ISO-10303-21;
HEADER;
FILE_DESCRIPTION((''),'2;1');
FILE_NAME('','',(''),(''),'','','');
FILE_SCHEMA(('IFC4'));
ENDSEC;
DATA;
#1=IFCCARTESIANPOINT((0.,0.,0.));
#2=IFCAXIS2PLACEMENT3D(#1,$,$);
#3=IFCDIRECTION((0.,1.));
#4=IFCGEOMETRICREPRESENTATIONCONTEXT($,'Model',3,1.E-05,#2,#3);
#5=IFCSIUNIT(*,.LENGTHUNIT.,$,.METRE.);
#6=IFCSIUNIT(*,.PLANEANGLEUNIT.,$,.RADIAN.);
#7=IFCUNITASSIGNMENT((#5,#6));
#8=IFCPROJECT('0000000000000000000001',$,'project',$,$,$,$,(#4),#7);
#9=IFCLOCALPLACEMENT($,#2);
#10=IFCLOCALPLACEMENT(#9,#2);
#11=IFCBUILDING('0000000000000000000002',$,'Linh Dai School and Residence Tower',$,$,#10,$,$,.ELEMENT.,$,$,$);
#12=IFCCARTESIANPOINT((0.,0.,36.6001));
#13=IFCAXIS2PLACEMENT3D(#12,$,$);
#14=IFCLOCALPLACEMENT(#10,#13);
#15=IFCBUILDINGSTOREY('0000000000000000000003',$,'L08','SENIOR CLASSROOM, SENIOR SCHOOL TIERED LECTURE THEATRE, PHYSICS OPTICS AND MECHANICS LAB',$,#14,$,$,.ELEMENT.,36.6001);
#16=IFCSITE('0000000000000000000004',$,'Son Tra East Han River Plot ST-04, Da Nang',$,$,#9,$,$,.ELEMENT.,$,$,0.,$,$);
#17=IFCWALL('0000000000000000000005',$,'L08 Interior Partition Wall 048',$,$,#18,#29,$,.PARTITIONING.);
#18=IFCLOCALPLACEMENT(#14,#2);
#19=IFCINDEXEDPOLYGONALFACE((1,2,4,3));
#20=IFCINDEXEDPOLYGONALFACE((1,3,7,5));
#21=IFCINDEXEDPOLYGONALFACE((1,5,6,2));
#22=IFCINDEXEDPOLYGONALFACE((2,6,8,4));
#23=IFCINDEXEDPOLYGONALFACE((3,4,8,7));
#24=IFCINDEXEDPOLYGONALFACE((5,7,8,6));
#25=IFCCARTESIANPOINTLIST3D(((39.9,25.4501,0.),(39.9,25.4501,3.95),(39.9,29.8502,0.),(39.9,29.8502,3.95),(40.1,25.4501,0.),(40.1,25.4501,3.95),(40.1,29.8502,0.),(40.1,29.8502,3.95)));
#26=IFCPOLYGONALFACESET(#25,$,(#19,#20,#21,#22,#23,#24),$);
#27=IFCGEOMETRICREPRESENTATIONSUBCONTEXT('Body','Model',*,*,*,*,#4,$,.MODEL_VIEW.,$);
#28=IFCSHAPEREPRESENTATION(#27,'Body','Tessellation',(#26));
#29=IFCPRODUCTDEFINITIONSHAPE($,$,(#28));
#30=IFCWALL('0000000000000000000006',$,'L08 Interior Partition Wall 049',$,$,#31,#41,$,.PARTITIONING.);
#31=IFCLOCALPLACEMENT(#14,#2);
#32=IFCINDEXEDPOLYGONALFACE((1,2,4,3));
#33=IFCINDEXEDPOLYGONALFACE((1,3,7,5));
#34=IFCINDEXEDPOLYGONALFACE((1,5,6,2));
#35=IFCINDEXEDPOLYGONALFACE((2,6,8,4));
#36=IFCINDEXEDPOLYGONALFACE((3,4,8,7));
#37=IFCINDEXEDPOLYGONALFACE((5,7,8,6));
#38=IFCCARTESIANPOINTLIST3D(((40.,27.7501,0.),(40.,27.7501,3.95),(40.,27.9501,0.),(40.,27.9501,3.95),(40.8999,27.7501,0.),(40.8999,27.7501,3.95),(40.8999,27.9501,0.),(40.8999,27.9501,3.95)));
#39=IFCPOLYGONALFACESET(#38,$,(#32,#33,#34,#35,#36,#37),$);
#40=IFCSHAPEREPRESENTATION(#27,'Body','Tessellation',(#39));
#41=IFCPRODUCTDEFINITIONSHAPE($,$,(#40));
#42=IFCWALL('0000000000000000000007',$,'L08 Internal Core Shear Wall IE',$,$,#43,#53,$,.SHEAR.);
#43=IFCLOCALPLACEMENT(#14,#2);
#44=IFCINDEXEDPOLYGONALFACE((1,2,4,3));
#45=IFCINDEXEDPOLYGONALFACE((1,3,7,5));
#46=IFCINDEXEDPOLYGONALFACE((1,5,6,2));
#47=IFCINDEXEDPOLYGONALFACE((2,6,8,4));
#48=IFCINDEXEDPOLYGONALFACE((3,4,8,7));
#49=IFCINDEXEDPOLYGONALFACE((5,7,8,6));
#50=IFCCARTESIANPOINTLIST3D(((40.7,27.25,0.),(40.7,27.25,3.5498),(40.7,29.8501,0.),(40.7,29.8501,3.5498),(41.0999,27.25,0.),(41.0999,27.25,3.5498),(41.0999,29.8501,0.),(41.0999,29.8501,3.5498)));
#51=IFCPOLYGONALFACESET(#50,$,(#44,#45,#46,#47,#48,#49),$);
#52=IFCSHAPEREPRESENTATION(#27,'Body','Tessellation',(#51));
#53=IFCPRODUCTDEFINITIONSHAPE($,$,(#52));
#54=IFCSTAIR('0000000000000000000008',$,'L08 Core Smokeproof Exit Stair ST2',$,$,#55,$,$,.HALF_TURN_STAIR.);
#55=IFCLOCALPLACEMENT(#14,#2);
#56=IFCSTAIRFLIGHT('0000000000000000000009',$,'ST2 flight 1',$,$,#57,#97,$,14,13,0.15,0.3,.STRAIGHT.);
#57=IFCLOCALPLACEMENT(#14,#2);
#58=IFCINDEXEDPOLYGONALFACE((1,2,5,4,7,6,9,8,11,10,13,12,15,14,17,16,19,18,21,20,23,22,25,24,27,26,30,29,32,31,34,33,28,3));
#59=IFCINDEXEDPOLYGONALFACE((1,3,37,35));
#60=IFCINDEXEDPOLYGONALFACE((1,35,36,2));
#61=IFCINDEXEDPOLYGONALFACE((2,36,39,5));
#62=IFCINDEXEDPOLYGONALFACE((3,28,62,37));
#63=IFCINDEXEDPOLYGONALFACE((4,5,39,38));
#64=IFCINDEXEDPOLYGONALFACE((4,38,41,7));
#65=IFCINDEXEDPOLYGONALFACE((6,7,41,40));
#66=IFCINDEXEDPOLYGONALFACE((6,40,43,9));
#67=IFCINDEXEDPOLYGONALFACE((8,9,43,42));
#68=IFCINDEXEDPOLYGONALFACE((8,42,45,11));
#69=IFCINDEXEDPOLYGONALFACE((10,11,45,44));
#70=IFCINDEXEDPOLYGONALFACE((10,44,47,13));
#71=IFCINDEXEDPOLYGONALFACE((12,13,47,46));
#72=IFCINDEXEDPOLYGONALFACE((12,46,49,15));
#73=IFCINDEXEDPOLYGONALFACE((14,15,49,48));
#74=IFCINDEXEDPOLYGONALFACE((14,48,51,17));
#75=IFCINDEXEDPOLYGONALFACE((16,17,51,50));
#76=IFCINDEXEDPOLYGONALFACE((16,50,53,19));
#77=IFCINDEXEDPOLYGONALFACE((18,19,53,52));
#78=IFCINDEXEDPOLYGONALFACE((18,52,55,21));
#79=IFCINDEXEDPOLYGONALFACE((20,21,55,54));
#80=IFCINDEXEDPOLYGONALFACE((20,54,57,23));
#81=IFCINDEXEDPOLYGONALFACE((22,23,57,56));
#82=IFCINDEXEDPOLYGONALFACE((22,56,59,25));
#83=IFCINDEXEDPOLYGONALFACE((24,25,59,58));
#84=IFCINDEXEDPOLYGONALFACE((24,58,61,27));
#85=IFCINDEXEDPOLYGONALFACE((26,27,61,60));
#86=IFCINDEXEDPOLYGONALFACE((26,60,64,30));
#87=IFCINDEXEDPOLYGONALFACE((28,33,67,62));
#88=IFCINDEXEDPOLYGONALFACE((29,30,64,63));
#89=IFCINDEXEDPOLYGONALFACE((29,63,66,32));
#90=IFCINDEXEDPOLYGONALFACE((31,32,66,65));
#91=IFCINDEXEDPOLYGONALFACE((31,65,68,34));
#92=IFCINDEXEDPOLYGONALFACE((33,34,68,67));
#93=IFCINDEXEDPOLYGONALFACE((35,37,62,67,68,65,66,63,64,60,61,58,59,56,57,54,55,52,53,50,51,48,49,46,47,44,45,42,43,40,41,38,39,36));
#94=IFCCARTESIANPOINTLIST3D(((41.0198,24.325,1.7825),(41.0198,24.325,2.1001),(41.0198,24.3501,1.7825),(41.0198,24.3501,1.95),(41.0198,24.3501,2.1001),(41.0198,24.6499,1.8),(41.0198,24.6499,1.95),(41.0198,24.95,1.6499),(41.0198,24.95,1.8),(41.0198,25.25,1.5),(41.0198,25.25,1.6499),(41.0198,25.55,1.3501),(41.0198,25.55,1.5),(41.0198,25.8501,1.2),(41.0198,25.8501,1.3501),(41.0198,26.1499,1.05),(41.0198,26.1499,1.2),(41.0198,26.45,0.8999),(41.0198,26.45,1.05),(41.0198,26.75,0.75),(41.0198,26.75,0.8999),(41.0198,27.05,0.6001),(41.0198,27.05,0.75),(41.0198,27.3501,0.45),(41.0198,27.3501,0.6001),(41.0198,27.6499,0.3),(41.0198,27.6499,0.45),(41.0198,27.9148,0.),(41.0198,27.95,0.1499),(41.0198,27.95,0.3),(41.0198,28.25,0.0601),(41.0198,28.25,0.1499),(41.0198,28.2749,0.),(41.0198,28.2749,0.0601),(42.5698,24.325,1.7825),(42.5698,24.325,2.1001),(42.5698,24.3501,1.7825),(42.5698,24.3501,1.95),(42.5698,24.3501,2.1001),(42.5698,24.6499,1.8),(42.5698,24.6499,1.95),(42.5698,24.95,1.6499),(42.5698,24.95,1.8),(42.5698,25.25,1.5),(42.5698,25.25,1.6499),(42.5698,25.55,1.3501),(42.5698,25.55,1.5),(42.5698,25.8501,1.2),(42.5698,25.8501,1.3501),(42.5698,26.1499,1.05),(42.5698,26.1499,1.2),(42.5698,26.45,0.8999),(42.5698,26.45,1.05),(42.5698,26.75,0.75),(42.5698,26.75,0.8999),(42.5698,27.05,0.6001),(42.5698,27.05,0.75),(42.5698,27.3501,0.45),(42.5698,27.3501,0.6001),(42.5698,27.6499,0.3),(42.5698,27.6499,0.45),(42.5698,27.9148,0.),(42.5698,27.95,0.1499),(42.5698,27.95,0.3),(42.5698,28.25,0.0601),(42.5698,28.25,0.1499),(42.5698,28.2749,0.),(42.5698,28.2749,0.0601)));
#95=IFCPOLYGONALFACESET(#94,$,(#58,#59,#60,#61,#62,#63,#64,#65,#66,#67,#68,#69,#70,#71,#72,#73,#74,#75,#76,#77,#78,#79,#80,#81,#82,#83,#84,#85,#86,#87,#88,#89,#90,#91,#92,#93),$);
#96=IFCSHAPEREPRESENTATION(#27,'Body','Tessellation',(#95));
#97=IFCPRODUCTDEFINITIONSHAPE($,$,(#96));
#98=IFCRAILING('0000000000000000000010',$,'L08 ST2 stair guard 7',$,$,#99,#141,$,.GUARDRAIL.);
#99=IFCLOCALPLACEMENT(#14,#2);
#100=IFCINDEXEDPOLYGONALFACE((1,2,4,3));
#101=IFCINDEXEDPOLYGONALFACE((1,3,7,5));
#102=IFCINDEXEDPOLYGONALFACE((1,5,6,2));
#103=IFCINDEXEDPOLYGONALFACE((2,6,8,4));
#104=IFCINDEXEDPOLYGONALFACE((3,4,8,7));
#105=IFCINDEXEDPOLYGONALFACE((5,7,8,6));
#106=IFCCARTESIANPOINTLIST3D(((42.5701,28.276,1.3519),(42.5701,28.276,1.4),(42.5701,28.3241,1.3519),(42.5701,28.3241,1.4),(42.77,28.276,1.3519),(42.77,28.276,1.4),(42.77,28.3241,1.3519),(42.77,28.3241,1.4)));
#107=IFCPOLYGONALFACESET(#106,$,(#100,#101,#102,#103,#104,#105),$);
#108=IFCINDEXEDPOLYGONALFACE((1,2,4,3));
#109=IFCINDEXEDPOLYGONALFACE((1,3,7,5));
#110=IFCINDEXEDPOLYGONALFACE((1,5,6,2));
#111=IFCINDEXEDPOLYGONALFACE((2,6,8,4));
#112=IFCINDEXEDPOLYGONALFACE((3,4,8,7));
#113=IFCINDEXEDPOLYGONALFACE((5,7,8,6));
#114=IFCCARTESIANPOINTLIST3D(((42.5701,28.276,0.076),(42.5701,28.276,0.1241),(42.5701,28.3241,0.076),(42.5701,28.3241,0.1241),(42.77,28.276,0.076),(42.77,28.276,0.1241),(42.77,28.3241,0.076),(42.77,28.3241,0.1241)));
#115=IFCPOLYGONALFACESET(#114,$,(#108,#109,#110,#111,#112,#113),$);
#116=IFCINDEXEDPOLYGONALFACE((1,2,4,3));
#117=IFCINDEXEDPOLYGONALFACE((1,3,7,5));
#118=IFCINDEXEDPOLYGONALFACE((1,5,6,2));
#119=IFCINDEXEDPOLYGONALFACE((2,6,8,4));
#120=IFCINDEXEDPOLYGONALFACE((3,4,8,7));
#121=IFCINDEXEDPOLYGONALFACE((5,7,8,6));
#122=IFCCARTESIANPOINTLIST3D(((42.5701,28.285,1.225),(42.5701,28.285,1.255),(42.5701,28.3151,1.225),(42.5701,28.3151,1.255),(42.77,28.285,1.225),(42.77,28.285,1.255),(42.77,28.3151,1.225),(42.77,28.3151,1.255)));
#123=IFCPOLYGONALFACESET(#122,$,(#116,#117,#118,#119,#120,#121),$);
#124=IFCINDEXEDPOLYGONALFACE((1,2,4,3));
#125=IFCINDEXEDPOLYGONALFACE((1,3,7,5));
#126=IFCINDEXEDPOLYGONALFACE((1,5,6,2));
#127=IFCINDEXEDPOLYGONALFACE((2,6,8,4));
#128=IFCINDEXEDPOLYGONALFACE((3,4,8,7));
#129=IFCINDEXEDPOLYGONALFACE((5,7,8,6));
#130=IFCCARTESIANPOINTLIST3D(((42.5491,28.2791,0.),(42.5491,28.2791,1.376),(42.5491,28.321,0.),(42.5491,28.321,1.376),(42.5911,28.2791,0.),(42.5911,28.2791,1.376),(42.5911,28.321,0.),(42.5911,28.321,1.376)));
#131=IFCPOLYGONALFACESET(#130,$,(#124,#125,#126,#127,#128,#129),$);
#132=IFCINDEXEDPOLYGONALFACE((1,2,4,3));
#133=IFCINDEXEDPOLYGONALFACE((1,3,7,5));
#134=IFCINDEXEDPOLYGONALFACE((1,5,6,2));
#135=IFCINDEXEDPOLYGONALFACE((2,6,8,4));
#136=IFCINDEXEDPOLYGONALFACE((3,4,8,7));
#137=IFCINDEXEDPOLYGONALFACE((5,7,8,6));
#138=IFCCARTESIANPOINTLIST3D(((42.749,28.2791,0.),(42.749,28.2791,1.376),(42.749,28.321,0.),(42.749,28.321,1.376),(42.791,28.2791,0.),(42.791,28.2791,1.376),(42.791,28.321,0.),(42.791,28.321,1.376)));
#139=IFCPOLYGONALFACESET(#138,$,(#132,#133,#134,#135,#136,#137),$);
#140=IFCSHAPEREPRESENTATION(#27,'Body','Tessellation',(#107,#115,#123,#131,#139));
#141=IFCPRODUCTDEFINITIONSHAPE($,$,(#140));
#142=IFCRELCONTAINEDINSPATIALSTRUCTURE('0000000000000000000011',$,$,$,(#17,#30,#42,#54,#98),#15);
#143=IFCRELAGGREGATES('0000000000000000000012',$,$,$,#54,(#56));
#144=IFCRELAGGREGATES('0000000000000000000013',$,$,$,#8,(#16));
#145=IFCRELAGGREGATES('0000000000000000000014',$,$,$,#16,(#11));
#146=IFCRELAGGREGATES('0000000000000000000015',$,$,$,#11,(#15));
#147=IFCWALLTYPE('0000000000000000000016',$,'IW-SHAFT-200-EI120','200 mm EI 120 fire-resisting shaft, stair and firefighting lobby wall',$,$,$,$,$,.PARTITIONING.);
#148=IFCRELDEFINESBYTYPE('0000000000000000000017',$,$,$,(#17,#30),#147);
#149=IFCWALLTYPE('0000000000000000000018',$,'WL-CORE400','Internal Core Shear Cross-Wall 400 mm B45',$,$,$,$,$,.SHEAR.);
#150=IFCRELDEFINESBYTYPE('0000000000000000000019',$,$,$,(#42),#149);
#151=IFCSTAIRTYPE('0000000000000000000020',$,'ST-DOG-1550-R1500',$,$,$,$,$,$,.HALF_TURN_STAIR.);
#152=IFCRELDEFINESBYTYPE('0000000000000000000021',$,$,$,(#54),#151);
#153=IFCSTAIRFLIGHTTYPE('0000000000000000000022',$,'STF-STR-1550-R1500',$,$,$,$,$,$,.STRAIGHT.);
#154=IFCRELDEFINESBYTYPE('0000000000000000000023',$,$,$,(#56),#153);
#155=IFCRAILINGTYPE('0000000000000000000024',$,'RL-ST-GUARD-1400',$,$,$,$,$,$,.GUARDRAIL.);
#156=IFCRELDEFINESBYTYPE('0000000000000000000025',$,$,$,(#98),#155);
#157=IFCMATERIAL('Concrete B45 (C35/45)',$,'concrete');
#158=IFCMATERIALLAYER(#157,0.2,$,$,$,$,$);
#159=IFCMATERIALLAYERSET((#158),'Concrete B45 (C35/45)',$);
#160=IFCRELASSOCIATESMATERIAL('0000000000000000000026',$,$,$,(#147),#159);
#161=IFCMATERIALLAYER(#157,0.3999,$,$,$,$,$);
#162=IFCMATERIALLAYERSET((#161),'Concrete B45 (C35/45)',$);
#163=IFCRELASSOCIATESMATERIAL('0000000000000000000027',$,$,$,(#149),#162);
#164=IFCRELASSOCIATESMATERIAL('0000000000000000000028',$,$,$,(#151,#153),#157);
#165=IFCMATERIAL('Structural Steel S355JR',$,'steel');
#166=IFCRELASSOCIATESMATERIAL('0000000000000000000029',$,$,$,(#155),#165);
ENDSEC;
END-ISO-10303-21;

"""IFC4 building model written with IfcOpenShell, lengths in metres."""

from ifc_helpers import new_model, si_unit, direction, frame, frame_2d, origin, origin_2d, place, context, subcontext, project, spatial, polyline, rectangle, outline, extrude, source, transform, mapped, material, layer, layer_set, type_object, element, aggregate, save


model = new_model("IFC4")

# Units and contexts
model_context = context("Model", 3, precision=1e-05, world=origin(), true_north=direction((0.0, 1.0)))
body_context = subcontext(model_context, "Body", "Model", "MODEL_VIEW")
ifc_project = project(units=[si_unit("LENGTHUNIT", "METRE"), si_unit("PLANEANGLEUNIT", "RADIAN")], contexts=[model_context])

# Site, building, storey
site_placement = place(None, origin())
site = spatial("IfcSite", under=ifc_project, at=site_placement, Name="Son Tra East Han River Plot ST-04, Da Nang", CompositionType="ELEMENT", RefElevation=0.0)
building_placement = place(site_placement, origin())
building = spatial("IfcBuilding", under=site, at=building_placement, Name="Linh Dai School and Residence Tower", CompositionType="ELEMENT")
storey_placement = place(building_placement, frame((0.0, 0.0, 36.6001)))
storey = spatial("IfcBuildingStorey", under=building, at=storey_placement, Name="L08", Description="SENIOR CLASSROOM, SENIOR SCHOOL TIERED LECTURE THEATRE, PHYSICS OPTICS AND MECHANICS LAB", CompositionType="ELEMENT", Elevation=36.6001)

# Shared definitions
ifc_material_1 = material(Name="Structural Steel S355JR", Category="steel")

# Walls
ifc_material_2 = material(Name="Concrete B45 (C35/45)", Category="concrete")
ifc_layer_1 = layer(ifc_material_2, 0.2)
ifc_layer_set_1 = layer_set([ifc_layer_1], Name="Concrete B45 (C35/45)")
wall_type_1 = type_object("IfcWallType", Name="IW-SHAFT-200-EI120", Description="200 mm EI 120 fire-resisting shaft, stair and firefighting lobby wall", PredefinedType="PARTITIONING", material=ifc_layer_set_1)
wall_1_placement = place(storey_placement, frame((40.0, 25.45, 0.0), z_axis=(0.0, 0.0, 1.0), x_axis=(0.0, 1.0, 0.0)))
element("IfcWall", 1, at=wall_1_placement, inside=storey, type_object=wall_type_1, Name="L08 Interior Partition Wall 048", PredefinedType="PARTITIONING", context=body_context, shape_type="SweptSolid", body=[
    extrude(rectangle(XDim=4.4001, YDim=0.2, at=frame_2d((2.2002, 0.0))), origin(), (0.0, 0.0, 1.0), 3.95),
])
wall_2_placement = place(storey_placement, frame((40.0, 27.8501, 0.0), z_axis=(0.0, 0.0, 1.0), x_axis=(1.0, 0.0, 0.0)))
element("IfcWall", 2, at=wall_2_placement, inside=storey, type_object=wall_type_1, Name="L08 Interior Partition Wall 049", PredefinedType="PARTITIONING", context=body_context, shape_type="SweptSolid", body=[
    extrude(rectangle(XDim=0.8999, YDim=0.2, at=frame_2d((0.45, 0.0))), origin(), (0.0, 0.0, 1.0), 3.95),
])
ifc_layer_2 = layer(ifc_material_2, 0.3999)
ifc_layer_set_2 = layer_set([ifc_layer_2], Name="Concrete B45 (C35/45)")
wall_type_2 = type_object("IfcWallType", Name="WL-CORE400", Description="Internal Core Shear Cross-Wall 400 mm B45", PredefinedType="SHEAR", material=ifc_layer_set_2)
wall_3_placement = place(storey_placement, frame((40.8999, 27.25, 0.0), z_axis=(0.0, 0.0, 1.0), x_axis=(0.0, 1.0, 0.0)))
element("IfcWall", 3, at=wall_3_placement, inside=storey, type_object=wall_type_2, Name="L08 Internal Core Shear Wall IE", PredefinedType="SHEAR", context=body_context, shape_type="SweptSolid", body=[
    extrude(rectangle(XDim=2.6001, YDim=0.3999, at=frame_2d((1.3, 0.0))), origin(), (0.0, 0.0, 1.0), 3.5498),
])

# Stair, stair flight
stair_type = type_object("IfcStairType", Name="ST-DOG-1550-R1500", PredefinedType="HALF_TURN_STAIR", material=ifc_material_2)
stair_placement = place(storey_placement, origin())
stair = element("IfcStair", 4, at=stair_placement, inside=storey, type_object=stair_type, Name="L08 Core Smokeproof Exit Stair ST2", PredefinedType="HALF_TURN_STAIR")
stair_flight_type = type_object("IfcStairFlightType", Name="STF-STR-1550-R1500", PredefinedType="STRAIGHT", material=ifc_material_2)
shared_shape_1 = source(origin(), body_context, "Body", "SweptSolid", [
    extrude(outline(polyline([(-0.0249, 0.0), (-0.0249, 0.0601), (0.0, 0.0601), (0.0, 0.1499), (0.3, 0.1499), (0.3, 0.3), (0.6001, 0.3), (0.6001, 0.45), (0.8999, 0.45), (0.8999, 0.6001), (1.2, 0.6001), (1.2, 0.75), (1.5, 0.75), (1.5, 0.8999), (1.8, 0.8999), (1.8, 1.05), (2.1001, 1.05), (2.1001, 1.2), (2.3999, 1.2), (2.3999, 1.3501), (2.7, 1.3501), (2.7, 1.5), (3.0, 1.5), (3.0, 1.6499), (3.3, 1.6499), (3.3, 1.8), (3.6001, 1.8), (3.6001, 1.95), (3.8999, 1.95), (3.8999, 2.1001), (3.925, 2.1001), (3.925, 1.7825), (3.8999, 1.7825), (0.3352, 0.0), (-0.0249, 0.0)])), frame((0.0, 0.7749, 0.0), z_axis=(0.0, -1.0, 0.0), x_axis=(1.0, 0.0, 0.0)), (0.0, 0.0, 1.0), 1.55),
])
stair_flight_placement = place(storey_placement, frame((41.7949, 28.25, 0.0), z_axis=(0.0, 0.0, 1.0), x_axis=(0.0, -1.0, 0.0)))
stair_flight = element("IfcStairFlight", 5, at=stair_flight_placement, type_object=stair_flight_type, Name="ST2 flight 1", NumberOfRisers=14, NumberOfTreads=13, PredefinedType="STRAIGHT", RiserHeight=0.15, TreadLength=0.3, context=body_context, shape_type="MappedRepresentation", body=[
    mapped(shared_shape_1, transform((0.0, 0.0, 0.0), x_axis=(1.0, 0.0, 0.0), y_axis=(0.0, 1.0, 0.0), z_axis=(0.0, 0.0, 1.0), scale=1.0)),
])
aggregate(stair, [stair_flight])

# Railing
railing_type_1 = type_object("IfcRailingType", Name="RL-ST-GUARD-1400", PredefinedType="GUARDRAIL", material=ifc_material_1)
shared_shape_2 = source(origin(), body_context, "Body", "SweptSolid", [
    extrude(rectangle(XDim=0.0481, YDim=0.0481, at=origin_2d()), frame((0.0, 0.0, 1.376), z_axis=(1.0, 0.0, 0.0), x_axis=(0.0, 1.0, 0.0)), (0.0, 0.0, 1.0), 0.2),
    extrude(rectangle(XDim=0.0481, YDim=0.0481, at=origin_2d()), frame((0.0, 0.0, 0.1001), z_axis=(1.0, 0.0, 0.0), x_axis=(0.0, 1.0, 0.0)), (0.0, 0.0, 1.0), 0.2),
    extrude(rectangle(XDim=0.03, YDim=0.03, at=origin_2d()), frame((0.0, 0.0, 1.24), z_axis=(1.0, 0.0, 0.0), x_axis=(0.0, 1.0, 0.0)), (0.0, 0.0, 1.0), 0.2),
    extrude(rectangle(XDim=0.042, YDim=0.042, at=origin_2d()), origin(), (0.0, 0.0, 1.0), 1.376),
    extrude(rectangle(XDim=0.042, YDim=0.042, at=origin_2d()), frame((0.2, 0.0, 0.0)), (0.0, 0.0, 1.0), 1.376),
])
railing_1_placement = place(storey_placement, frame((42.5701, 28.3, 0.0)))
element("IfcRailing", 6, at=railing_1_placement, inside=storey, type_object=railing_type_1, Name="L08 ST2 stair guard 7", PredefinedType="GUARDRAIL", context=body_context, shape_type="MappedRepresentation", body=[
    mapped(shared_shape_2, transform((0.0, 0.0, 0.0), x_axis=(1.0, 0.0, 0.0), y_axis=(0.0, 1.0, 0.0), z_axis=(0.0, 0.0, 1.0), scale=1.0)),
])

save(model, "model.ifc")
